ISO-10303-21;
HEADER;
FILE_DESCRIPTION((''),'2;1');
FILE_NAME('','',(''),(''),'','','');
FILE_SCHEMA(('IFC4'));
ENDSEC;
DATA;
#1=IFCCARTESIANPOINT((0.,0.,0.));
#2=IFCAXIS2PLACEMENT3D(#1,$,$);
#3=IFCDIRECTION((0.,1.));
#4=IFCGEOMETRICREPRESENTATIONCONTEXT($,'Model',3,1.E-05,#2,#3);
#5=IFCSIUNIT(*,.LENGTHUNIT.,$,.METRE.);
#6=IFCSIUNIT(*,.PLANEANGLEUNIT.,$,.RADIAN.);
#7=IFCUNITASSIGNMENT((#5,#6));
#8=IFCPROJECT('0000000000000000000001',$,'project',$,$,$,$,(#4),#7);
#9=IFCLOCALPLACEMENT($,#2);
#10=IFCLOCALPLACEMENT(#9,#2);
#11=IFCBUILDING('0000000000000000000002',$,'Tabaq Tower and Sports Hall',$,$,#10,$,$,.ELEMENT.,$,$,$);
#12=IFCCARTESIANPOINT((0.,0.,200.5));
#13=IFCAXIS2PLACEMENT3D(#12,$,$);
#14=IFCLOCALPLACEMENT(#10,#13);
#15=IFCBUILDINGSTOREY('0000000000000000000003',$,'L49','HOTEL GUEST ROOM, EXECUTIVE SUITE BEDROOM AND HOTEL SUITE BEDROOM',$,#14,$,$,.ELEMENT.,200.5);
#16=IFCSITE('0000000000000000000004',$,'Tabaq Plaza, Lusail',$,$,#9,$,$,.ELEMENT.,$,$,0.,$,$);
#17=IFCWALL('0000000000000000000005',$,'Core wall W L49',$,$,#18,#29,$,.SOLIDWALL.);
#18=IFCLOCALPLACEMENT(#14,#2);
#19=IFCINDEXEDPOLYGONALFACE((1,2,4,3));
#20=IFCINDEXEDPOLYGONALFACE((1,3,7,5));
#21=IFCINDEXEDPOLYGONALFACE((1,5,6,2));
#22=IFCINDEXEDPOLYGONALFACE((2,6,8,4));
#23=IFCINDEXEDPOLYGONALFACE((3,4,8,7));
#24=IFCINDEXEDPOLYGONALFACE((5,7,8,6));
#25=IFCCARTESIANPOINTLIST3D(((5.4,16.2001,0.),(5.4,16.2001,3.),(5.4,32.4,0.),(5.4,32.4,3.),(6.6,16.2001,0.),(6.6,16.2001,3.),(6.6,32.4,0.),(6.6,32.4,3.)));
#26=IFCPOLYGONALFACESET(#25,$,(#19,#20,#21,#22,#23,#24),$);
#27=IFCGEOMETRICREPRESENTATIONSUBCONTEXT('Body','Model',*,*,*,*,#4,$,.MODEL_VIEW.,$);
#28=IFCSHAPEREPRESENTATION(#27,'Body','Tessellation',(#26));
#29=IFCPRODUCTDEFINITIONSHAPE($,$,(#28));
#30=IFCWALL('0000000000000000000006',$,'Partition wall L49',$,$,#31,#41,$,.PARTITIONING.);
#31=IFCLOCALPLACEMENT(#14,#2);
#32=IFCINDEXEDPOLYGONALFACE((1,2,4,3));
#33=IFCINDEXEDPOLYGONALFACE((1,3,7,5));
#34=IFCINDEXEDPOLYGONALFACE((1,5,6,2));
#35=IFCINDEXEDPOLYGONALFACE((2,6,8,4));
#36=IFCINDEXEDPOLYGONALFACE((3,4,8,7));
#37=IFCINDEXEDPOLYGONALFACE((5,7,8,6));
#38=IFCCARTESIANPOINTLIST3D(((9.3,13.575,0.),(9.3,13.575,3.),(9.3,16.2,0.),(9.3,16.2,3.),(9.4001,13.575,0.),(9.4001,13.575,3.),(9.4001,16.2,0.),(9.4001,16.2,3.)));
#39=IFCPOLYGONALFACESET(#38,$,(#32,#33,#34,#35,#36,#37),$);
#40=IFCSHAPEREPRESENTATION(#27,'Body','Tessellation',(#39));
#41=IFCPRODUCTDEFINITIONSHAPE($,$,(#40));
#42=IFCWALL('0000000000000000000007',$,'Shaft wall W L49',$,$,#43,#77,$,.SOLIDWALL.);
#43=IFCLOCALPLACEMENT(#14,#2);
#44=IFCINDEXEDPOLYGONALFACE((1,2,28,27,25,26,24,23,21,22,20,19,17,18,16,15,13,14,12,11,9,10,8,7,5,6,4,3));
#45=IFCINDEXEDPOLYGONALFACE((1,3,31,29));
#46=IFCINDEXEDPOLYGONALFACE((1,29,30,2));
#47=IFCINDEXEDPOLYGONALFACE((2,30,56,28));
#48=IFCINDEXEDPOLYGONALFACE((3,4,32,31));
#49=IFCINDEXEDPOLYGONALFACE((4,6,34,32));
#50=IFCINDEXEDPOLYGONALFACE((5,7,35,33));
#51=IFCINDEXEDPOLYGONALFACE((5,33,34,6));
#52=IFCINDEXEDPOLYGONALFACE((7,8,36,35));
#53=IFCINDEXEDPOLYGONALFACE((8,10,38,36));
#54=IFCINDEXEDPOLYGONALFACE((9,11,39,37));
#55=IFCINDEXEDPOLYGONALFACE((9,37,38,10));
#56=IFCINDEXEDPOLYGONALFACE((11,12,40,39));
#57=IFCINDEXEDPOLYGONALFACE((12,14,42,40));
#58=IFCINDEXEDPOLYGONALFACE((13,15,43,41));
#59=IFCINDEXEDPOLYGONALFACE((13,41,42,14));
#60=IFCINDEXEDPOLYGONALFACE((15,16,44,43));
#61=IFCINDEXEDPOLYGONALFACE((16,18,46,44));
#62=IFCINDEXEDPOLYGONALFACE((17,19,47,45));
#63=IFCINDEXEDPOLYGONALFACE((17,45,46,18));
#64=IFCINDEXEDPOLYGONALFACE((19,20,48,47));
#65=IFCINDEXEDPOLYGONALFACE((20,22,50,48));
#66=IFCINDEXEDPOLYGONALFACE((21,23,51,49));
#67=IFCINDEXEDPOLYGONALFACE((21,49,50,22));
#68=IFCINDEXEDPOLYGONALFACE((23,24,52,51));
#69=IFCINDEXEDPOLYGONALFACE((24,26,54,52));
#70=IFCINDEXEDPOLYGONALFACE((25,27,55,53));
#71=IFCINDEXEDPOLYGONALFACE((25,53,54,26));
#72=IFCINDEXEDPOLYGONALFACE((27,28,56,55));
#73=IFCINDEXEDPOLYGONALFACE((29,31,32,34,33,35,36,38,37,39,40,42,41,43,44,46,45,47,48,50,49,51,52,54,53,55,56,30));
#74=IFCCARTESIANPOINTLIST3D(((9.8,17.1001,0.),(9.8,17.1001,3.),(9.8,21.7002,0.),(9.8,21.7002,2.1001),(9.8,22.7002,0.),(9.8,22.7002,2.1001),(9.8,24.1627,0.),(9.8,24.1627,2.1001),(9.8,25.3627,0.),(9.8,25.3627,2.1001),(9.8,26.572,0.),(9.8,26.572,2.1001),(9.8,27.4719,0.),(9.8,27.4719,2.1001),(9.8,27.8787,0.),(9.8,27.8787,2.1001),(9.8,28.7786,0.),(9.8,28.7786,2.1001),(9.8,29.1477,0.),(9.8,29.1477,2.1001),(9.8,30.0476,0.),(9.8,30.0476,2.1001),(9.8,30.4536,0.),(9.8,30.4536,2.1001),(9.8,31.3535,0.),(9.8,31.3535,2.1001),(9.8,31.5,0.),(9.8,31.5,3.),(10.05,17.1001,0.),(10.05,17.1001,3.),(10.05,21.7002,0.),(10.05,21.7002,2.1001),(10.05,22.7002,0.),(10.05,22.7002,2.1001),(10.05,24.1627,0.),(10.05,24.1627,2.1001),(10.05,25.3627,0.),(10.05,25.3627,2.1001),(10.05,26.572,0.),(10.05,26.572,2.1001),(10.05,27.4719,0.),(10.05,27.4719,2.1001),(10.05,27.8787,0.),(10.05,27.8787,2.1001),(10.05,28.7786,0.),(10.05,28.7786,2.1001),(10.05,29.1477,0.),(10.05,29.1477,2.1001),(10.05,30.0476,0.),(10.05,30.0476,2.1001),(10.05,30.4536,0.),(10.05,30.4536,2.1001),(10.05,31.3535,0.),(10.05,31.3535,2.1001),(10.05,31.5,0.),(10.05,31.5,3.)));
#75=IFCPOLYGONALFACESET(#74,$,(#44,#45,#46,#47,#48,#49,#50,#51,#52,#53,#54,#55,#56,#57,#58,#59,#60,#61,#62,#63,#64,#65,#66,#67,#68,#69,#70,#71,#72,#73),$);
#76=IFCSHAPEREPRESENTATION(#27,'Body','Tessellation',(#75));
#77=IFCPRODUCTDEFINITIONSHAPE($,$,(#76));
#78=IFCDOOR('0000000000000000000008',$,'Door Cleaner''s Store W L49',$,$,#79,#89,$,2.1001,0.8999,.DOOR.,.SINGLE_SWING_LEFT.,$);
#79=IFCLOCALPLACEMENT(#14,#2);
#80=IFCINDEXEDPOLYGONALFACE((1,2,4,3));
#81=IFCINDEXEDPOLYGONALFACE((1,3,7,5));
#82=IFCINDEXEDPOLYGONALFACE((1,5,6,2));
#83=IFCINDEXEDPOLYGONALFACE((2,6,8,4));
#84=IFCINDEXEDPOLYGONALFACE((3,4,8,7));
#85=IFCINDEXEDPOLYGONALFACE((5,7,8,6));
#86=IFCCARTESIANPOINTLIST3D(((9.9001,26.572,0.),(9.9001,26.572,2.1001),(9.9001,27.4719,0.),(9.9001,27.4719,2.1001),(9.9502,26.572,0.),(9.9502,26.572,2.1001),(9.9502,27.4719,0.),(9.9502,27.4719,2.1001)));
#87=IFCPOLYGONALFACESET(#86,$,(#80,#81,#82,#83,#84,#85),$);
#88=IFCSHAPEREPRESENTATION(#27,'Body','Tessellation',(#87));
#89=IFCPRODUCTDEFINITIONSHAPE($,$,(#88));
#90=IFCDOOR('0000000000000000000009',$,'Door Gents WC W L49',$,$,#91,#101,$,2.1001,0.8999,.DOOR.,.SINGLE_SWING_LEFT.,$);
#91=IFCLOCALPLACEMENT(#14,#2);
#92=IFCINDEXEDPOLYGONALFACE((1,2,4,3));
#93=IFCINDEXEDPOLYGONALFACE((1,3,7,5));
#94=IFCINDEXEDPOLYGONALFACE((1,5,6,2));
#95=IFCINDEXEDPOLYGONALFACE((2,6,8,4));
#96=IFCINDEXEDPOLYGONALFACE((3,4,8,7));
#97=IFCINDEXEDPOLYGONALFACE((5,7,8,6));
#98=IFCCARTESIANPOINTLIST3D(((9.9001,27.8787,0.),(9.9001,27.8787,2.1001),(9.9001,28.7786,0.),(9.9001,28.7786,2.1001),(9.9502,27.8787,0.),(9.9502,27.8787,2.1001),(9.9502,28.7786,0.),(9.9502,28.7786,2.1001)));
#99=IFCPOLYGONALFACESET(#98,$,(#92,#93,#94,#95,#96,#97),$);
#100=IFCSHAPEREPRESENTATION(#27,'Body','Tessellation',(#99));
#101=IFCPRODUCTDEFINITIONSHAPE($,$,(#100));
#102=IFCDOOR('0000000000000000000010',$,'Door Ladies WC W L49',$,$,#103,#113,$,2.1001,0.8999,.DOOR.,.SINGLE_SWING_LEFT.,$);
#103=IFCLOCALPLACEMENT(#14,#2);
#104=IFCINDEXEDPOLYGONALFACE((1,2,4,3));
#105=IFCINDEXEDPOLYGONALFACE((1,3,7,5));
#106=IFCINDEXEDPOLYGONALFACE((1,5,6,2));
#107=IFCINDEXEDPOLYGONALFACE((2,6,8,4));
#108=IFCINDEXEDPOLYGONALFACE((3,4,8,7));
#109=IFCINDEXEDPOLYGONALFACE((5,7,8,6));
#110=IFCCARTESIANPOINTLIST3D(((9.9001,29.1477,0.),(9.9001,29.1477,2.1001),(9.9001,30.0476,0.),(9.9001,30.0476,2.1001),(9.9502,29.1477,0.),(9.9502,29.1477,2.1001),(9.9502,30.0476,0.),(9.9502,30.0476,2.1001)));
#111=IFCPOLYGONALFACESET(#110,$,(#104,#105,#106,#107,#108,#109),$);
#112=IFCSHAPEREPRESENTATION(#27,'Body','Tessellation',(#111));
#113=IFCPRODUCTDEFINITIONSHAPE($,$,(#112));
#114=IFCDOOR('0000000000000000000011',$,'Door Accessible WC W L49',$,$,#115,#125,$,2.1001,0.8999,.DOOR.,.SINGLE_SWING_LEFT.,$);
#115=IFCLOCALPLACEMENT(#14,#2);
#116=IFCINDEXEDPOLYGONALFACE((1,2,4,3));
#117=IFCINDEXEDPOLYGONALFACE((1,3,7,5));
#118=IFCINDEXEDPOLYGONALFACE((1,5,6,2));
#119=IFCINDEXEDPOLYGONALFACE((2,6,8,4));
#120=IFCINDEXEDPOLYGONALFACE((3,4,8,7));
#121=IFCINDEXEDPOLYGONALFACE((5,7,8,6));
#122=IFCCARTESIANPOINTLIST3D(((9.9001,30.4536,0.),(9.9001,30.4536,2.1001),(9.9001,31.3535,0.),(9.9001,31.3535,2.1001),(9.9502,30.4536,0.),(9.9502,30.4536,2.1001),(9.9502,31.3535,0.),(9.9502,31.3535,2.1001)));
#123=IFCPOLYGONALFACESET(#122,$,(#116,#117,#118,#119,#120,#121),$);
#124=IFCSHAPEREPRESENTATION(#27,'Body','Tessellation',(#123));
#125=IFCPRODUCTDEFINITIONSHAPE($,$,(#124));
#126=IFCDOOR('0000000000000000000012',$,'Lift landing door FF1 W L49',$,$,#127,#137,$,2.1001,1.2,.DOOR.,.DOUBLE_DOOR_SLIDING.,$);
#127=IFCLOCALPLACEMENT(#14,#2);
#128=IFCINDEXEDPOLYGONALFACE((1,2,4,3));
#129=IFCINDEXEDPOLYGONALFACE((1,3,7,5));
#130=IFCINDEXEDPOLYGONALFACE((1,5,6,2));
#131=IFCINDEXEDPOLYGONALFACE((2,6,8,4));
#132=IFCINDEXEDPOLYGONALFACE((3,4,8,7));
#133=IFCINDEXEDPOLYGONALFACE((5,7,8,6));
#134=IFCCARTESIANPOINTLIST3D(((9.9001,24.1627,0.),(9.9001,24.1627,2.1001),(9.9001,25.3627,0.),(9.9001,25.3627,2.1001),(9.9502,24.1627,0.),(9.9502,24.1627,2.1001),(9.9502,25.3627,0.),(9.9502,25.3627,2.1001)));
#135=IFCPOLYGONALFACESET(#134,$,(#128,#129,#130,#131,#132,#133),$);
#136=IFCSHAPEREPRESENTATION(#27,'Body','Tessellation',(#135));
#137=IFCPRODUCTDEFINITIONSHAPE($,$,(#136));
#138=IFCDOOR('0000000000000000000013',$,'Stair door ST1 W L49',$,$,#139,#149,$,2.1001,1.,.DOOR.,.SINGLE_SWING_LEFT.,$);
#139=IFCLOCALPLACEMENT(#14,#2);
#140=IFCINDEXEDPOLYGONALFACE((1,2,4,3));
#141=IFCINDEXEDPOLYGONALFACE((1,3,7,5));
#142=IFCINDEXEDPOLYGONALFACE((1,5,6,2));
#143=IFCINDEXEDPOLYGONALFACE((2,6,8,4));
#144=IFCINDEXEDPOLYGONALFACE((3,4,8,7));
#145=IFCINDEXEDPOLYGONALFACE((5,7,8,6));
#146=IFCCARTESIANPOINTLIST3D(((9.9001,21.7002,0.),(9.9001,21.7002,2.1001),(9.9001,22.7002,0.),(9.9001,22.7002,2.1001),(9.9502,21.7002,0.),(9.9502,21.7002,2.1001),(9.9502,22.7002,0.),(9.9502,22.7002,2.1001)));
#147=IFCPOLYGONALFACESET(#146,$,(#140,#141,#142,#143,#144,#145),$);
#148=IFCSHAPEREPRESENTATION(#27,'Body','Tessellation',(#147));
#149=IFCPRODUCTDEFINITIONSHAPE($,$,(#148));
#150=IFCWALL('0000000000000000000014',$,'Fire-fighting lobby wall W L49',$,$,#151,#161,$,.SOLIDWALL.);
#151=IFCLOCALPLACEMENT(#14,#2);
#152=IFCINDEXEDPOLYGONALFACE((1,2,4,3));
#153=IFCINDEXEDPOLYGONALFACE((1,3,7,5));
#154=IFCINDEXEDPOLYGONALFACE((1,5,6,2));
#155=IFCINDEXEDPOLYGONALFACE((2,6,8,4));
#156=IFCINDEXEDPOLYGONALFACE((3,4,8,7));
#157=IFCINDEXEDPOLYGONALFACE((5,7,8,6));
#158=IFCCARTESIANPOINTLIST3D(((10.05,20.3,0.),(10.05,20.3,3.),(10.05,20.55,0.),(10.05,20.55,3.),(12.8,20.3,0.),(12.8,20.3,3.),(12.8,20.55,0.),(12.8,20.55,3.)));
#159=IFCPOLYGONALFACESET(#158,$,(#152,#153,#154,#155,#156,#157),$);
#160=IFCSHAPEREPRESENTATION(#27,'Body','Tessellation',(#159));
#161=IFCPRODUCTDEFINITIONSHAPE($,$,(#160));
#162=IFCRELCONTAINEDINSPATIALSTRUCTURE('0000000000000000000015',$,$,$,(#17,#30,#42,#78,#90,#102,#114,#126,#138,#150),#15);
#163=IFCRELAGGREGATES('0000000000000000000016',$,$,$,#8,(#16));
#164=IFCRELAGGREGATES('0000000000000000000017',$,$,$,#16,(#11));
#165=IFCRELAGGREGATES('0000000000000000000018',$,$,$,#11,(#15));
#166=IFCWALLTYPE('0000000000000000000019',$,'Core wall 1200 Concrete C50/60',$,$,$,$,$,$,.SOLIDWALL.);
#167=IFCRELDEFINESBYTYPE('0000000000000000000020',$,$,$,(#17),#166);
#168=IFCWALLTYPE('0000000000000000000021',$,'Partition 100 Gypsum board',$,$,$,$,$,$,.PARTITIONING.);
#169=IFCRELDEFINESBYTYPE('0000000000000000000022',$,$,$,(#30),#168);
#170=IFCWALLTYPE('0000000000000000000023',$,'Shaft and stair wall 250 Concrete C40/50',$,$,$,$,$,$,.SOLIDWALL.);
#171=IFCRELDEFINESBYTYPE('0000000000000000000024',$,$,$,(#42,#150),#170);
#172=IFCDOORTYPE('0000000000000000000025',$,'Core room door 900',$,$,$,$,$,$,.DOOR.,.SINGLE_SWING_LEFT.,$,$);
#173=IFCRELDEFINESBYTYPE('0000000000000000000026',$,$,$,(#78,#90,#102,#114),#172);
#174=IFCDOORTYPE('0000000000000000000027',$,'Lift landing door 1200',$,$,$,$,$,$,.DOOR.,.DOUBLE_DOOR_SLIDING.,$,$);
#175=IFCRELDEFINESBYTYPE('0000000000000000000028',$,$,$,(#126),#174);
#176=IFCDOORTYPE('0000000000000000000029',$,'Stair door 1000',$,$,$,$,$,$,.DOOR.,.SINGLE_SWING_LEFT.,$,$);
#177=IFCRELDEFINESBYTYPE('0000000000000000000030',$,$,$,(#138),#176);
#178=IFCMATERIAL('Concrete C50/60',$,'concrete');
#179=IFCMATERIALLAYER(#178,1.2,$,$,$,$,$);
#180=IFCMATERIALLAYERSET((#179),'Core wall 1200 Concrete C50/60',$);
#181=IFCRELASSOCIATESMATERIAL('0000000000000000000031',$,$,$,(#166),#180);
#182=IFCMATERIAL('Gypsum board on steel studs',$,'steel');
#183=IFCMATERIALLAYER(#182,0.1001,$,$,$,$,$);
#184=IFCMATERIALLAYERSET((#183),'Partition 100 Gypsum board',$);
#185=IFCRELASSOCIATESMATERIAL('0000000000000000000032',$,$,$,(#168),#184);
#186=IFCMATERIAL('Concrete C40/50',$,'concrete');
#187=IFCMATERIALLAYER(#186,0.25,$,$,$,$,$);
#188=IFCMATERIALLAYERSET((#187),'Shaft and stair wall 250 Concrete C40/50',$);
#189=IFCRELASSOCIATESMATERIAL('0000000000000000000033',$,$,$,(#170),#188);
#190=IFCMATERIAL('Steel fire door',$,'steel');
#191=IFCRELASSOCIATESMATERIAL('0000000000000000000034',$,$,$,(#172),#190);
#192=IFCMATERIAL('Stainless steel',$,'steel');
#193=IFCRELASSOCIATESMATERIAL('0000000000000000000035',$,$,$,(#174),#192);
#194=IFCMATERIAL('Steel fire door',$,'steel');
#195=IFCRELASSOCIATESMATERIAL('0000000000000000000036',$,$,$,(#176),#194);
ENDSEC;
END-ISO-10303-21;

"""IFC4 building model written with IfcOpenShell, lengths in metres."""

from ifc_helpers import new_model, si_unit, direction, frame, frame_2d, origin, place, context, subcontext, project, spatial, rectangle, extrude, material, layer, layer_set, type_object, element, fill, save


model = new_model("IFC4")

# Units and contexts
model_context = context("Model", 3, precision=1e-05, world=origin(), true_north=direction((0.0, 1.0)))
body_context = subcontext(model_context, "Body", "Model", "MODEL_VIEW")
ifc_project = project(units=[si_unit("LENGTHUNIT", "METRE"), si_unit("PLANEANGLEUNIT", "RADIAN")], contexts=[model_context])

# Site, building, storey
site_placement = place(None, origin())
site = spatial("IfcSite", under=ifc_project, at=site_placement, Name="Tabaq Plaza, Lusail", CompositionType="ELEMENT", RefElevation=0.0)
building_placement = place(site_placement, origin())
building = spatial("IfcBuilding", under=site, at=building_placement, Name="Tabaq Tower and Sports Hall", CompositionType="ELEMENT")
storey_placement = place(building_placement, frame((0.0, 0.0, 200.5)))
storey = spatial("IfcBuildingStorey", under=building, at=storey_placement, Name="L49", Description="HOTEL GUEST ROOM, EXECUTIVE SUITE BEDROOM AND HOTEL SUITE BEDROOM", CompositionType="ELEMENT", Elevation=200.5)

# Walls
ifc_material_1 = material(Name="Concrete C50/60", Category="concrete")
ifc_layer_1 = layer(ifc_material_1, 1.2)
ifc_layer_set_1 = layer_set([ifc_layer_1], Name="Core wall 1200 Concrete C50/60")
wall_type_1 = type_object("IfcWallType", Name="Core wall 1200 Concrete C50/60", PredefinedType="SOLIDWALL", material=ifc_layer_set_1)
wall_1_placement = place(storey_placement, frame((6.0, 16.2, 0.0), z_axis=(0.0, 0.0, 1.0), x_axis=(0.0, 1.0, 0.0)))
element("IfcWall", 1, at=wall_1_placement, inside=storey, type_object=wall_type_1, Name="Core wall W L49", PredefinedType="SOLIDWALL", context=body_context, shape_type="SweptSolid", body=[
    extrude(rectangle(XDim=16.2, YDim=1.2, at=frame_2d((8.1001, 0.0))), origin(), (0.0, 0.0, 1.0), 3.0),
])
ifc_material_2 = material(Name="Gypsum board on steel studs", Category="steel")
ifc_layer_2 = layer(ifc_material_2, 0.1001)
ifc_layer_set_2 = layer_set([ifc_layer_2], Name="Partition 100 Gypsum board")
wall_type_2 = type_object("IfcWallType", Name="Partition 100 Gypsum board", PredefinedType="PARTITIONING", material=ifc_layer_set_2)
wall_2_placement = place(storey_placement, frame((9.3501, 16.2, 0.0), z_axis=(0.0, 0.0, 1.0), x_axis=(0.0, -1.0, 0.0)))
element("IfcWall", 2, at=wall_2_placement, inside=storey, type_object=wall_type_2, Name="Partition wall L49", PredefinedType="PARTITIONING", context=body_context, shape_type="SweptSolid", body=[
    extrude(rectangle(XDim=2.625, YDim=0.1001, at=frame_2d((1.3125, 0.0))), origin(), (0.0, 0.0, 1.0), 3.0),
])

# Wall, openings, doors
ifc_material_3 = material(Name="Concrete C40/50", Category="concrete")
ifc_layer_3 = layer(ifc_material_3, 0.25)
ifc_layer_set_3 = layer_set([ifc_layer_3], Name="Shaft and stair wall 250 Concrete C40/50")
wall_type_3 = type_object("IfcWallType", Name="Shaft and stair wall 250 Concrete C40/50", PredefinedType="SOLIDWALL", material=ifc_layer_set_3)
wall_3_placement = place(storey_placement, frame((9.925, 17.1001, 0.0), z_axis=(0.0, 0.0, 1.0), x_axis=(0.0, 1.0, 0.0)))
wall_3 = element("IfcWall", 3, at=wall_3_placement, inside=storey, type_object=wall_type_3, Name="Shaft wall W L49", PredefinedType="SOLIDWALL", context=body_context, shape_type="SweptSolid", body=[
    extrude(rectangle(XDim=14.3999, YDim=0.25, at=frame_2d((7.2, 0.0))), origin(), (0.0, 0.0, 1.0), 3.0),
])
opening_1_placement = place(wall_3_placement, frame((4.6001, 0.0, 0.0)))
opening_1 = element("IfcOpeningElement", 4, at=opening_1_placement, cuts=wall_3, PredefinedType="OPENING", context=body_context, shape_type="SweptSolid", body=[
    extrude(rectangle(XDim=1.0, YDim=2.1001, at=frame_2d((0.5, 1.05))), frame((0.0, 0.125, 0.0), z_axis=(0.0, -1.0, 0.0), x_axis=(1.0, 0.0, 0.0)), (0.0, 0.0, 1.0), 0.25),
])
opening_2_placement = place(wall_3_placement, frame((7.0625, 0.0, 0.0)))
opening_2 = element("IfcOpeningElement", 5, at=opening_2_placement, cuts=wall_3, PredefinedType="OPENING", context=body_context, shape_type="SweptSolid", body=[
    extrude(rectangle(XDim=1.2, YDim=2.1001, at=frame_2d((0.6001, 1.05))), frame((0.0, 0.125, 0.0), z_axis=(0.0, -1.0, 0.0), x_axis=(1.0, 0.0, 0.0)), (0.0, 0.0, 1.0), 0.25),
])
opening_3_placement = place(wall_3_placement, frame((9.4719, 0.0, 0.0)))
opening_3 = element("IfcOpeningElement", 6, at=opening_3_placement, cuts=wall_3, PredefinedType="OPENING", context=body_context, shape_type="SweptSolid", body=[
    extrude(rectangle(XDim=0.8999, YDim=2.1001, at=frame_2d((0.45, 1.05))), frame((0.0, 0.125, 0.0), z_axis=(0.0, -1.0, 0.0), x_axis=(1.0, 0.0, 0.0)), (0.0, 0.0, 1.0), 0.25),
])
opening_4_placement = place(wall_3_placement, frame((10.7786, 0.0, 0.0)))
opening_4 = element("IfcOpeningElement", 7, at=opening_4_placement, cuts=wall_3, PredefinedType="OPENING", context=body_context, shape_type="SweptSolid", body=[
    extrude(rectangle(XDim=0.8999, YDim=2.1001, at=frame_2d((0.45, 1.05))), frame((0.0, 0.125, 0.0), z_axis=(0.0, -1.0, 0.0), x_axis=(1.0, 0.0, 0.0)), (0.0, 0.0, 1.0), 0.25),
])
opening_5_placement = place(wall_3_placement, frame((12.0476, 0.0, 0.0)))
opening_5 = element("IfcOpeningElement", 8, at=opening_5_placement, cuts=wall_3, PredefinedType="OPENING", context=body_context, shape_type="SweptSolid", body=[
    extrude(rectangle(XDim=0.8999, YDim=2.1001, at=frame_2d((0.45, 1.05))), frame((0.0, 0.125, 0.0), z_axis=(0.0, -1.0, 0.0), x_axis=(1.0, 0.0, 0.0)), (0.0, 0.0, 1.0), 0.25),
])
opening_6_placement = place(wall_3_placement, frame((13.3535, 0.0, 0.0)))
opening_6 = element("IfcOpeningElement", 9, at=opening_6_placement, cuts=wall_3, PredefinedType="OPENING", context=body_context, shape_type="SweptSolid", body=[
    extrude(rectangle(XDim=0.8999, YDim=2.1001, at=frame_2d((0.45, 1.05))), frame((0.0, 0.125, 0.0), z_axis=(0.0, -1.0, 0.0), x_axis=(1.0, 0.0, 0.0)), (0.0, 0.0, 1.0), 0.25),
])
ifc_material_4 = material(Name="Steel fire door", Category="steel")
door_type_1 = type_object("IfcDoorType", Name="Core room door 900", OperationType="SINGLE_SWING_LEFT", PredefinedType="DOOR", material=ifc_material_4)
door_1_placement = place(opening_3_placement, origin())
door_1 = element("IfcDoor", 10, at=door_1_placement, inside=storey, type_object=door_type_1, Name="Door Cleaner's Store W L49", OperationType="SINGLE_SWING_LEFT", OverallHeight=2.1001, OverallWidth=0.8999, PredefinedType="DOOR", context=body_context, shape_type="SweptSolid", body=[
    extrude(rectangle(XDim=0.8999, YDim=2.1001, at=frame_2d((0.45, 1.05))), frame((0.0, 0.0249, 0.0), z_axis=(0.0, -1.0, 0.0), x_axis=(1.0, 0.0, 0.0)), (0.0, 0.0, 1.0), 0.05),
])
fill(opening_3, door_1)
door_2_placement = place(opening_4_placement, origin())
door_2 = element("IfcDoor", 11, at=door_2_placement, inside=storey, type_object=door_type_1, Name="Door Gents WC W L49", OperationType="SINGLE_SWING_LEFT", OverallHeight=2.1001, OverallWidth=0.8999, PredefinedType="DOOR", context=body_context, shape_type="SweptSolid", body=[
    extrude(rectangle(XDim=0.8999, YDim=2.1001, at=frame_2d((0.45, 1.05))), frame((0.0, 0.0249, 0.0), z_axis=(0.0, -1.0, 0.0), x_axis=(1.0, 0.0, 0.0)), (0.0, 0.0, 1.0), 0.05),
])
fill(opening_4, door_2)
door_3_placement = place(opening_5_placement, origin())
door_3 = element("IfcDoor", 12, at=door_3_placement, inside=storey, type_object=door_type_1, Name="Door Ladies WC W L49", OperationType="SINGLE_SWING_LEFT", OverallHeight=2.1001, OverallWidth=0.8999, PredefinedType="DOOR", context=body_context, shape_type="SweptSolid", body=[
    extrude(rectangle(XDim=0.8999, YDim=2.1001, at=frame_2d((0.45, 1.05))), frame((0.0, 0.0249, 0.0), z_axis=(0.0, -1.0, 0.0), x_axis=(1.0, 0.0, 0.0)), (0.0, 0.0, 1.0), 0.05),
])
fill(opening_5, door_3)
door_4_placement = place(opening_6_placement, origin())
door_4 = element("IfcDoor", 13, at=door_4_placement, inside=storey, type_object=door_type_1, Name="Door Accessible WC W L49", OperationType="SINGLE_SWING_LEFT", OverallHeight=2.1001, OverallWidth=0.8999, PredefinedType="DOOR", context=body_context, shape_type="SweptSolid", body=[
    extrude(rectangle(XDim=0.8999, YDim=2.1001, at=frame_2d((0.45, 1.05))), frame((0.0, 0.0249, 0.0), z_axis=(0.0, -1.0, 0.0), x_axis=(1.0, 0.0, 0.0)), (0.0, 0.0, 1.0), 0.05),
])
fill(opening_6, door_4)
ifc_material_5 = material(Name="Stainless steel", Category="steel")
door_type_2 = type_object("IfcDoorType", Name="Lift landing door 1200", OperationType="DOUBLE_DOOR_SLIDING", PredefinedType="DOOR", material=ifc_material_5)
door_5_placement = place(opening_2_placement, origin())
door_5 = element("IfcDoor", 14, at=door_5_placement, inside=storey, type_object=door_type_2, Name="Lift landing door FF1 W L49", OperationType="DOUBLE_DOOR_SLIDING", OverallHeight=2.1001, OverallWidth=1.2, PredefinedType="DOOR", context=body_context, shape_type="SweptSolid", body=[
    extrude(rectangle(XDim=1.2, YDim=2.1001, at=frame_2d((0.6001, 1.05))), frame((0.0, 0.0249, 0.0), z_axis=(0.0, -1.0, 0.0), x_axis=(1.0, 0.0, 0.0)), (0.0, 0.0, 1.0), 0.05),
])
fill(opening_2, door_5)
ifc_material_6 = material(Name="Steel fire door", Category="steel")
door_type_3 = type_object("IfcDoorType", Name="Stair door 1000", OperationType="SINGLE_SWING_LEFT", PredefinedType="DOOR", material=ifc_material_6)
door_6_placement = place(opening_1_placement, origin())
door_6 = element("IfcDoor", 15, at=door_6_placement, inside=storey, type_object=door_type_3, Name="Stair door ST1 W L49", OperationType="SINGLE_SWING_LEFT", OverallHeight=2.1001, OverallWidth=1.0, PredefinedType="DOOR", context=body_context, shape_type="SweptSolid", body=[
    extrude(rectangle(XDim=1.0, YDim=2.1001, at=frame_2d((0.5, 1.05))), frame((0.0, 0.0249, 0.0), z_axis=(0.0, -1.0, 0.0), x_axis=(1.0, 0.0, 0.0)), (0.0, 0.0, 1.0), 0.05),
])
fill(opening_1, door_6)

# Wall
wall_4_placement = place(storey_placement, frame((10.05, 20.425, 0.0), z_axis=(0.0, 0.0, 1.0), x_axis=(1.0, 0.0, 0.0)))
element("IfcWall", 16, at=wall_4_placement, inside=storey, type_object=wall_type_3, Name="Fire-fighting lobby wall W L49", PredefinedType="SOLIDWALL", context=body_context, shape_type="SweptSolid", body=[
    extrude(rectangle(XDim=2.75, YDim=0.25, at=frame_2d((1.375, 0.0))), origin(), (0.0, 0.0, 1.0), 3.0),
])

save(model, "model.ifc")
